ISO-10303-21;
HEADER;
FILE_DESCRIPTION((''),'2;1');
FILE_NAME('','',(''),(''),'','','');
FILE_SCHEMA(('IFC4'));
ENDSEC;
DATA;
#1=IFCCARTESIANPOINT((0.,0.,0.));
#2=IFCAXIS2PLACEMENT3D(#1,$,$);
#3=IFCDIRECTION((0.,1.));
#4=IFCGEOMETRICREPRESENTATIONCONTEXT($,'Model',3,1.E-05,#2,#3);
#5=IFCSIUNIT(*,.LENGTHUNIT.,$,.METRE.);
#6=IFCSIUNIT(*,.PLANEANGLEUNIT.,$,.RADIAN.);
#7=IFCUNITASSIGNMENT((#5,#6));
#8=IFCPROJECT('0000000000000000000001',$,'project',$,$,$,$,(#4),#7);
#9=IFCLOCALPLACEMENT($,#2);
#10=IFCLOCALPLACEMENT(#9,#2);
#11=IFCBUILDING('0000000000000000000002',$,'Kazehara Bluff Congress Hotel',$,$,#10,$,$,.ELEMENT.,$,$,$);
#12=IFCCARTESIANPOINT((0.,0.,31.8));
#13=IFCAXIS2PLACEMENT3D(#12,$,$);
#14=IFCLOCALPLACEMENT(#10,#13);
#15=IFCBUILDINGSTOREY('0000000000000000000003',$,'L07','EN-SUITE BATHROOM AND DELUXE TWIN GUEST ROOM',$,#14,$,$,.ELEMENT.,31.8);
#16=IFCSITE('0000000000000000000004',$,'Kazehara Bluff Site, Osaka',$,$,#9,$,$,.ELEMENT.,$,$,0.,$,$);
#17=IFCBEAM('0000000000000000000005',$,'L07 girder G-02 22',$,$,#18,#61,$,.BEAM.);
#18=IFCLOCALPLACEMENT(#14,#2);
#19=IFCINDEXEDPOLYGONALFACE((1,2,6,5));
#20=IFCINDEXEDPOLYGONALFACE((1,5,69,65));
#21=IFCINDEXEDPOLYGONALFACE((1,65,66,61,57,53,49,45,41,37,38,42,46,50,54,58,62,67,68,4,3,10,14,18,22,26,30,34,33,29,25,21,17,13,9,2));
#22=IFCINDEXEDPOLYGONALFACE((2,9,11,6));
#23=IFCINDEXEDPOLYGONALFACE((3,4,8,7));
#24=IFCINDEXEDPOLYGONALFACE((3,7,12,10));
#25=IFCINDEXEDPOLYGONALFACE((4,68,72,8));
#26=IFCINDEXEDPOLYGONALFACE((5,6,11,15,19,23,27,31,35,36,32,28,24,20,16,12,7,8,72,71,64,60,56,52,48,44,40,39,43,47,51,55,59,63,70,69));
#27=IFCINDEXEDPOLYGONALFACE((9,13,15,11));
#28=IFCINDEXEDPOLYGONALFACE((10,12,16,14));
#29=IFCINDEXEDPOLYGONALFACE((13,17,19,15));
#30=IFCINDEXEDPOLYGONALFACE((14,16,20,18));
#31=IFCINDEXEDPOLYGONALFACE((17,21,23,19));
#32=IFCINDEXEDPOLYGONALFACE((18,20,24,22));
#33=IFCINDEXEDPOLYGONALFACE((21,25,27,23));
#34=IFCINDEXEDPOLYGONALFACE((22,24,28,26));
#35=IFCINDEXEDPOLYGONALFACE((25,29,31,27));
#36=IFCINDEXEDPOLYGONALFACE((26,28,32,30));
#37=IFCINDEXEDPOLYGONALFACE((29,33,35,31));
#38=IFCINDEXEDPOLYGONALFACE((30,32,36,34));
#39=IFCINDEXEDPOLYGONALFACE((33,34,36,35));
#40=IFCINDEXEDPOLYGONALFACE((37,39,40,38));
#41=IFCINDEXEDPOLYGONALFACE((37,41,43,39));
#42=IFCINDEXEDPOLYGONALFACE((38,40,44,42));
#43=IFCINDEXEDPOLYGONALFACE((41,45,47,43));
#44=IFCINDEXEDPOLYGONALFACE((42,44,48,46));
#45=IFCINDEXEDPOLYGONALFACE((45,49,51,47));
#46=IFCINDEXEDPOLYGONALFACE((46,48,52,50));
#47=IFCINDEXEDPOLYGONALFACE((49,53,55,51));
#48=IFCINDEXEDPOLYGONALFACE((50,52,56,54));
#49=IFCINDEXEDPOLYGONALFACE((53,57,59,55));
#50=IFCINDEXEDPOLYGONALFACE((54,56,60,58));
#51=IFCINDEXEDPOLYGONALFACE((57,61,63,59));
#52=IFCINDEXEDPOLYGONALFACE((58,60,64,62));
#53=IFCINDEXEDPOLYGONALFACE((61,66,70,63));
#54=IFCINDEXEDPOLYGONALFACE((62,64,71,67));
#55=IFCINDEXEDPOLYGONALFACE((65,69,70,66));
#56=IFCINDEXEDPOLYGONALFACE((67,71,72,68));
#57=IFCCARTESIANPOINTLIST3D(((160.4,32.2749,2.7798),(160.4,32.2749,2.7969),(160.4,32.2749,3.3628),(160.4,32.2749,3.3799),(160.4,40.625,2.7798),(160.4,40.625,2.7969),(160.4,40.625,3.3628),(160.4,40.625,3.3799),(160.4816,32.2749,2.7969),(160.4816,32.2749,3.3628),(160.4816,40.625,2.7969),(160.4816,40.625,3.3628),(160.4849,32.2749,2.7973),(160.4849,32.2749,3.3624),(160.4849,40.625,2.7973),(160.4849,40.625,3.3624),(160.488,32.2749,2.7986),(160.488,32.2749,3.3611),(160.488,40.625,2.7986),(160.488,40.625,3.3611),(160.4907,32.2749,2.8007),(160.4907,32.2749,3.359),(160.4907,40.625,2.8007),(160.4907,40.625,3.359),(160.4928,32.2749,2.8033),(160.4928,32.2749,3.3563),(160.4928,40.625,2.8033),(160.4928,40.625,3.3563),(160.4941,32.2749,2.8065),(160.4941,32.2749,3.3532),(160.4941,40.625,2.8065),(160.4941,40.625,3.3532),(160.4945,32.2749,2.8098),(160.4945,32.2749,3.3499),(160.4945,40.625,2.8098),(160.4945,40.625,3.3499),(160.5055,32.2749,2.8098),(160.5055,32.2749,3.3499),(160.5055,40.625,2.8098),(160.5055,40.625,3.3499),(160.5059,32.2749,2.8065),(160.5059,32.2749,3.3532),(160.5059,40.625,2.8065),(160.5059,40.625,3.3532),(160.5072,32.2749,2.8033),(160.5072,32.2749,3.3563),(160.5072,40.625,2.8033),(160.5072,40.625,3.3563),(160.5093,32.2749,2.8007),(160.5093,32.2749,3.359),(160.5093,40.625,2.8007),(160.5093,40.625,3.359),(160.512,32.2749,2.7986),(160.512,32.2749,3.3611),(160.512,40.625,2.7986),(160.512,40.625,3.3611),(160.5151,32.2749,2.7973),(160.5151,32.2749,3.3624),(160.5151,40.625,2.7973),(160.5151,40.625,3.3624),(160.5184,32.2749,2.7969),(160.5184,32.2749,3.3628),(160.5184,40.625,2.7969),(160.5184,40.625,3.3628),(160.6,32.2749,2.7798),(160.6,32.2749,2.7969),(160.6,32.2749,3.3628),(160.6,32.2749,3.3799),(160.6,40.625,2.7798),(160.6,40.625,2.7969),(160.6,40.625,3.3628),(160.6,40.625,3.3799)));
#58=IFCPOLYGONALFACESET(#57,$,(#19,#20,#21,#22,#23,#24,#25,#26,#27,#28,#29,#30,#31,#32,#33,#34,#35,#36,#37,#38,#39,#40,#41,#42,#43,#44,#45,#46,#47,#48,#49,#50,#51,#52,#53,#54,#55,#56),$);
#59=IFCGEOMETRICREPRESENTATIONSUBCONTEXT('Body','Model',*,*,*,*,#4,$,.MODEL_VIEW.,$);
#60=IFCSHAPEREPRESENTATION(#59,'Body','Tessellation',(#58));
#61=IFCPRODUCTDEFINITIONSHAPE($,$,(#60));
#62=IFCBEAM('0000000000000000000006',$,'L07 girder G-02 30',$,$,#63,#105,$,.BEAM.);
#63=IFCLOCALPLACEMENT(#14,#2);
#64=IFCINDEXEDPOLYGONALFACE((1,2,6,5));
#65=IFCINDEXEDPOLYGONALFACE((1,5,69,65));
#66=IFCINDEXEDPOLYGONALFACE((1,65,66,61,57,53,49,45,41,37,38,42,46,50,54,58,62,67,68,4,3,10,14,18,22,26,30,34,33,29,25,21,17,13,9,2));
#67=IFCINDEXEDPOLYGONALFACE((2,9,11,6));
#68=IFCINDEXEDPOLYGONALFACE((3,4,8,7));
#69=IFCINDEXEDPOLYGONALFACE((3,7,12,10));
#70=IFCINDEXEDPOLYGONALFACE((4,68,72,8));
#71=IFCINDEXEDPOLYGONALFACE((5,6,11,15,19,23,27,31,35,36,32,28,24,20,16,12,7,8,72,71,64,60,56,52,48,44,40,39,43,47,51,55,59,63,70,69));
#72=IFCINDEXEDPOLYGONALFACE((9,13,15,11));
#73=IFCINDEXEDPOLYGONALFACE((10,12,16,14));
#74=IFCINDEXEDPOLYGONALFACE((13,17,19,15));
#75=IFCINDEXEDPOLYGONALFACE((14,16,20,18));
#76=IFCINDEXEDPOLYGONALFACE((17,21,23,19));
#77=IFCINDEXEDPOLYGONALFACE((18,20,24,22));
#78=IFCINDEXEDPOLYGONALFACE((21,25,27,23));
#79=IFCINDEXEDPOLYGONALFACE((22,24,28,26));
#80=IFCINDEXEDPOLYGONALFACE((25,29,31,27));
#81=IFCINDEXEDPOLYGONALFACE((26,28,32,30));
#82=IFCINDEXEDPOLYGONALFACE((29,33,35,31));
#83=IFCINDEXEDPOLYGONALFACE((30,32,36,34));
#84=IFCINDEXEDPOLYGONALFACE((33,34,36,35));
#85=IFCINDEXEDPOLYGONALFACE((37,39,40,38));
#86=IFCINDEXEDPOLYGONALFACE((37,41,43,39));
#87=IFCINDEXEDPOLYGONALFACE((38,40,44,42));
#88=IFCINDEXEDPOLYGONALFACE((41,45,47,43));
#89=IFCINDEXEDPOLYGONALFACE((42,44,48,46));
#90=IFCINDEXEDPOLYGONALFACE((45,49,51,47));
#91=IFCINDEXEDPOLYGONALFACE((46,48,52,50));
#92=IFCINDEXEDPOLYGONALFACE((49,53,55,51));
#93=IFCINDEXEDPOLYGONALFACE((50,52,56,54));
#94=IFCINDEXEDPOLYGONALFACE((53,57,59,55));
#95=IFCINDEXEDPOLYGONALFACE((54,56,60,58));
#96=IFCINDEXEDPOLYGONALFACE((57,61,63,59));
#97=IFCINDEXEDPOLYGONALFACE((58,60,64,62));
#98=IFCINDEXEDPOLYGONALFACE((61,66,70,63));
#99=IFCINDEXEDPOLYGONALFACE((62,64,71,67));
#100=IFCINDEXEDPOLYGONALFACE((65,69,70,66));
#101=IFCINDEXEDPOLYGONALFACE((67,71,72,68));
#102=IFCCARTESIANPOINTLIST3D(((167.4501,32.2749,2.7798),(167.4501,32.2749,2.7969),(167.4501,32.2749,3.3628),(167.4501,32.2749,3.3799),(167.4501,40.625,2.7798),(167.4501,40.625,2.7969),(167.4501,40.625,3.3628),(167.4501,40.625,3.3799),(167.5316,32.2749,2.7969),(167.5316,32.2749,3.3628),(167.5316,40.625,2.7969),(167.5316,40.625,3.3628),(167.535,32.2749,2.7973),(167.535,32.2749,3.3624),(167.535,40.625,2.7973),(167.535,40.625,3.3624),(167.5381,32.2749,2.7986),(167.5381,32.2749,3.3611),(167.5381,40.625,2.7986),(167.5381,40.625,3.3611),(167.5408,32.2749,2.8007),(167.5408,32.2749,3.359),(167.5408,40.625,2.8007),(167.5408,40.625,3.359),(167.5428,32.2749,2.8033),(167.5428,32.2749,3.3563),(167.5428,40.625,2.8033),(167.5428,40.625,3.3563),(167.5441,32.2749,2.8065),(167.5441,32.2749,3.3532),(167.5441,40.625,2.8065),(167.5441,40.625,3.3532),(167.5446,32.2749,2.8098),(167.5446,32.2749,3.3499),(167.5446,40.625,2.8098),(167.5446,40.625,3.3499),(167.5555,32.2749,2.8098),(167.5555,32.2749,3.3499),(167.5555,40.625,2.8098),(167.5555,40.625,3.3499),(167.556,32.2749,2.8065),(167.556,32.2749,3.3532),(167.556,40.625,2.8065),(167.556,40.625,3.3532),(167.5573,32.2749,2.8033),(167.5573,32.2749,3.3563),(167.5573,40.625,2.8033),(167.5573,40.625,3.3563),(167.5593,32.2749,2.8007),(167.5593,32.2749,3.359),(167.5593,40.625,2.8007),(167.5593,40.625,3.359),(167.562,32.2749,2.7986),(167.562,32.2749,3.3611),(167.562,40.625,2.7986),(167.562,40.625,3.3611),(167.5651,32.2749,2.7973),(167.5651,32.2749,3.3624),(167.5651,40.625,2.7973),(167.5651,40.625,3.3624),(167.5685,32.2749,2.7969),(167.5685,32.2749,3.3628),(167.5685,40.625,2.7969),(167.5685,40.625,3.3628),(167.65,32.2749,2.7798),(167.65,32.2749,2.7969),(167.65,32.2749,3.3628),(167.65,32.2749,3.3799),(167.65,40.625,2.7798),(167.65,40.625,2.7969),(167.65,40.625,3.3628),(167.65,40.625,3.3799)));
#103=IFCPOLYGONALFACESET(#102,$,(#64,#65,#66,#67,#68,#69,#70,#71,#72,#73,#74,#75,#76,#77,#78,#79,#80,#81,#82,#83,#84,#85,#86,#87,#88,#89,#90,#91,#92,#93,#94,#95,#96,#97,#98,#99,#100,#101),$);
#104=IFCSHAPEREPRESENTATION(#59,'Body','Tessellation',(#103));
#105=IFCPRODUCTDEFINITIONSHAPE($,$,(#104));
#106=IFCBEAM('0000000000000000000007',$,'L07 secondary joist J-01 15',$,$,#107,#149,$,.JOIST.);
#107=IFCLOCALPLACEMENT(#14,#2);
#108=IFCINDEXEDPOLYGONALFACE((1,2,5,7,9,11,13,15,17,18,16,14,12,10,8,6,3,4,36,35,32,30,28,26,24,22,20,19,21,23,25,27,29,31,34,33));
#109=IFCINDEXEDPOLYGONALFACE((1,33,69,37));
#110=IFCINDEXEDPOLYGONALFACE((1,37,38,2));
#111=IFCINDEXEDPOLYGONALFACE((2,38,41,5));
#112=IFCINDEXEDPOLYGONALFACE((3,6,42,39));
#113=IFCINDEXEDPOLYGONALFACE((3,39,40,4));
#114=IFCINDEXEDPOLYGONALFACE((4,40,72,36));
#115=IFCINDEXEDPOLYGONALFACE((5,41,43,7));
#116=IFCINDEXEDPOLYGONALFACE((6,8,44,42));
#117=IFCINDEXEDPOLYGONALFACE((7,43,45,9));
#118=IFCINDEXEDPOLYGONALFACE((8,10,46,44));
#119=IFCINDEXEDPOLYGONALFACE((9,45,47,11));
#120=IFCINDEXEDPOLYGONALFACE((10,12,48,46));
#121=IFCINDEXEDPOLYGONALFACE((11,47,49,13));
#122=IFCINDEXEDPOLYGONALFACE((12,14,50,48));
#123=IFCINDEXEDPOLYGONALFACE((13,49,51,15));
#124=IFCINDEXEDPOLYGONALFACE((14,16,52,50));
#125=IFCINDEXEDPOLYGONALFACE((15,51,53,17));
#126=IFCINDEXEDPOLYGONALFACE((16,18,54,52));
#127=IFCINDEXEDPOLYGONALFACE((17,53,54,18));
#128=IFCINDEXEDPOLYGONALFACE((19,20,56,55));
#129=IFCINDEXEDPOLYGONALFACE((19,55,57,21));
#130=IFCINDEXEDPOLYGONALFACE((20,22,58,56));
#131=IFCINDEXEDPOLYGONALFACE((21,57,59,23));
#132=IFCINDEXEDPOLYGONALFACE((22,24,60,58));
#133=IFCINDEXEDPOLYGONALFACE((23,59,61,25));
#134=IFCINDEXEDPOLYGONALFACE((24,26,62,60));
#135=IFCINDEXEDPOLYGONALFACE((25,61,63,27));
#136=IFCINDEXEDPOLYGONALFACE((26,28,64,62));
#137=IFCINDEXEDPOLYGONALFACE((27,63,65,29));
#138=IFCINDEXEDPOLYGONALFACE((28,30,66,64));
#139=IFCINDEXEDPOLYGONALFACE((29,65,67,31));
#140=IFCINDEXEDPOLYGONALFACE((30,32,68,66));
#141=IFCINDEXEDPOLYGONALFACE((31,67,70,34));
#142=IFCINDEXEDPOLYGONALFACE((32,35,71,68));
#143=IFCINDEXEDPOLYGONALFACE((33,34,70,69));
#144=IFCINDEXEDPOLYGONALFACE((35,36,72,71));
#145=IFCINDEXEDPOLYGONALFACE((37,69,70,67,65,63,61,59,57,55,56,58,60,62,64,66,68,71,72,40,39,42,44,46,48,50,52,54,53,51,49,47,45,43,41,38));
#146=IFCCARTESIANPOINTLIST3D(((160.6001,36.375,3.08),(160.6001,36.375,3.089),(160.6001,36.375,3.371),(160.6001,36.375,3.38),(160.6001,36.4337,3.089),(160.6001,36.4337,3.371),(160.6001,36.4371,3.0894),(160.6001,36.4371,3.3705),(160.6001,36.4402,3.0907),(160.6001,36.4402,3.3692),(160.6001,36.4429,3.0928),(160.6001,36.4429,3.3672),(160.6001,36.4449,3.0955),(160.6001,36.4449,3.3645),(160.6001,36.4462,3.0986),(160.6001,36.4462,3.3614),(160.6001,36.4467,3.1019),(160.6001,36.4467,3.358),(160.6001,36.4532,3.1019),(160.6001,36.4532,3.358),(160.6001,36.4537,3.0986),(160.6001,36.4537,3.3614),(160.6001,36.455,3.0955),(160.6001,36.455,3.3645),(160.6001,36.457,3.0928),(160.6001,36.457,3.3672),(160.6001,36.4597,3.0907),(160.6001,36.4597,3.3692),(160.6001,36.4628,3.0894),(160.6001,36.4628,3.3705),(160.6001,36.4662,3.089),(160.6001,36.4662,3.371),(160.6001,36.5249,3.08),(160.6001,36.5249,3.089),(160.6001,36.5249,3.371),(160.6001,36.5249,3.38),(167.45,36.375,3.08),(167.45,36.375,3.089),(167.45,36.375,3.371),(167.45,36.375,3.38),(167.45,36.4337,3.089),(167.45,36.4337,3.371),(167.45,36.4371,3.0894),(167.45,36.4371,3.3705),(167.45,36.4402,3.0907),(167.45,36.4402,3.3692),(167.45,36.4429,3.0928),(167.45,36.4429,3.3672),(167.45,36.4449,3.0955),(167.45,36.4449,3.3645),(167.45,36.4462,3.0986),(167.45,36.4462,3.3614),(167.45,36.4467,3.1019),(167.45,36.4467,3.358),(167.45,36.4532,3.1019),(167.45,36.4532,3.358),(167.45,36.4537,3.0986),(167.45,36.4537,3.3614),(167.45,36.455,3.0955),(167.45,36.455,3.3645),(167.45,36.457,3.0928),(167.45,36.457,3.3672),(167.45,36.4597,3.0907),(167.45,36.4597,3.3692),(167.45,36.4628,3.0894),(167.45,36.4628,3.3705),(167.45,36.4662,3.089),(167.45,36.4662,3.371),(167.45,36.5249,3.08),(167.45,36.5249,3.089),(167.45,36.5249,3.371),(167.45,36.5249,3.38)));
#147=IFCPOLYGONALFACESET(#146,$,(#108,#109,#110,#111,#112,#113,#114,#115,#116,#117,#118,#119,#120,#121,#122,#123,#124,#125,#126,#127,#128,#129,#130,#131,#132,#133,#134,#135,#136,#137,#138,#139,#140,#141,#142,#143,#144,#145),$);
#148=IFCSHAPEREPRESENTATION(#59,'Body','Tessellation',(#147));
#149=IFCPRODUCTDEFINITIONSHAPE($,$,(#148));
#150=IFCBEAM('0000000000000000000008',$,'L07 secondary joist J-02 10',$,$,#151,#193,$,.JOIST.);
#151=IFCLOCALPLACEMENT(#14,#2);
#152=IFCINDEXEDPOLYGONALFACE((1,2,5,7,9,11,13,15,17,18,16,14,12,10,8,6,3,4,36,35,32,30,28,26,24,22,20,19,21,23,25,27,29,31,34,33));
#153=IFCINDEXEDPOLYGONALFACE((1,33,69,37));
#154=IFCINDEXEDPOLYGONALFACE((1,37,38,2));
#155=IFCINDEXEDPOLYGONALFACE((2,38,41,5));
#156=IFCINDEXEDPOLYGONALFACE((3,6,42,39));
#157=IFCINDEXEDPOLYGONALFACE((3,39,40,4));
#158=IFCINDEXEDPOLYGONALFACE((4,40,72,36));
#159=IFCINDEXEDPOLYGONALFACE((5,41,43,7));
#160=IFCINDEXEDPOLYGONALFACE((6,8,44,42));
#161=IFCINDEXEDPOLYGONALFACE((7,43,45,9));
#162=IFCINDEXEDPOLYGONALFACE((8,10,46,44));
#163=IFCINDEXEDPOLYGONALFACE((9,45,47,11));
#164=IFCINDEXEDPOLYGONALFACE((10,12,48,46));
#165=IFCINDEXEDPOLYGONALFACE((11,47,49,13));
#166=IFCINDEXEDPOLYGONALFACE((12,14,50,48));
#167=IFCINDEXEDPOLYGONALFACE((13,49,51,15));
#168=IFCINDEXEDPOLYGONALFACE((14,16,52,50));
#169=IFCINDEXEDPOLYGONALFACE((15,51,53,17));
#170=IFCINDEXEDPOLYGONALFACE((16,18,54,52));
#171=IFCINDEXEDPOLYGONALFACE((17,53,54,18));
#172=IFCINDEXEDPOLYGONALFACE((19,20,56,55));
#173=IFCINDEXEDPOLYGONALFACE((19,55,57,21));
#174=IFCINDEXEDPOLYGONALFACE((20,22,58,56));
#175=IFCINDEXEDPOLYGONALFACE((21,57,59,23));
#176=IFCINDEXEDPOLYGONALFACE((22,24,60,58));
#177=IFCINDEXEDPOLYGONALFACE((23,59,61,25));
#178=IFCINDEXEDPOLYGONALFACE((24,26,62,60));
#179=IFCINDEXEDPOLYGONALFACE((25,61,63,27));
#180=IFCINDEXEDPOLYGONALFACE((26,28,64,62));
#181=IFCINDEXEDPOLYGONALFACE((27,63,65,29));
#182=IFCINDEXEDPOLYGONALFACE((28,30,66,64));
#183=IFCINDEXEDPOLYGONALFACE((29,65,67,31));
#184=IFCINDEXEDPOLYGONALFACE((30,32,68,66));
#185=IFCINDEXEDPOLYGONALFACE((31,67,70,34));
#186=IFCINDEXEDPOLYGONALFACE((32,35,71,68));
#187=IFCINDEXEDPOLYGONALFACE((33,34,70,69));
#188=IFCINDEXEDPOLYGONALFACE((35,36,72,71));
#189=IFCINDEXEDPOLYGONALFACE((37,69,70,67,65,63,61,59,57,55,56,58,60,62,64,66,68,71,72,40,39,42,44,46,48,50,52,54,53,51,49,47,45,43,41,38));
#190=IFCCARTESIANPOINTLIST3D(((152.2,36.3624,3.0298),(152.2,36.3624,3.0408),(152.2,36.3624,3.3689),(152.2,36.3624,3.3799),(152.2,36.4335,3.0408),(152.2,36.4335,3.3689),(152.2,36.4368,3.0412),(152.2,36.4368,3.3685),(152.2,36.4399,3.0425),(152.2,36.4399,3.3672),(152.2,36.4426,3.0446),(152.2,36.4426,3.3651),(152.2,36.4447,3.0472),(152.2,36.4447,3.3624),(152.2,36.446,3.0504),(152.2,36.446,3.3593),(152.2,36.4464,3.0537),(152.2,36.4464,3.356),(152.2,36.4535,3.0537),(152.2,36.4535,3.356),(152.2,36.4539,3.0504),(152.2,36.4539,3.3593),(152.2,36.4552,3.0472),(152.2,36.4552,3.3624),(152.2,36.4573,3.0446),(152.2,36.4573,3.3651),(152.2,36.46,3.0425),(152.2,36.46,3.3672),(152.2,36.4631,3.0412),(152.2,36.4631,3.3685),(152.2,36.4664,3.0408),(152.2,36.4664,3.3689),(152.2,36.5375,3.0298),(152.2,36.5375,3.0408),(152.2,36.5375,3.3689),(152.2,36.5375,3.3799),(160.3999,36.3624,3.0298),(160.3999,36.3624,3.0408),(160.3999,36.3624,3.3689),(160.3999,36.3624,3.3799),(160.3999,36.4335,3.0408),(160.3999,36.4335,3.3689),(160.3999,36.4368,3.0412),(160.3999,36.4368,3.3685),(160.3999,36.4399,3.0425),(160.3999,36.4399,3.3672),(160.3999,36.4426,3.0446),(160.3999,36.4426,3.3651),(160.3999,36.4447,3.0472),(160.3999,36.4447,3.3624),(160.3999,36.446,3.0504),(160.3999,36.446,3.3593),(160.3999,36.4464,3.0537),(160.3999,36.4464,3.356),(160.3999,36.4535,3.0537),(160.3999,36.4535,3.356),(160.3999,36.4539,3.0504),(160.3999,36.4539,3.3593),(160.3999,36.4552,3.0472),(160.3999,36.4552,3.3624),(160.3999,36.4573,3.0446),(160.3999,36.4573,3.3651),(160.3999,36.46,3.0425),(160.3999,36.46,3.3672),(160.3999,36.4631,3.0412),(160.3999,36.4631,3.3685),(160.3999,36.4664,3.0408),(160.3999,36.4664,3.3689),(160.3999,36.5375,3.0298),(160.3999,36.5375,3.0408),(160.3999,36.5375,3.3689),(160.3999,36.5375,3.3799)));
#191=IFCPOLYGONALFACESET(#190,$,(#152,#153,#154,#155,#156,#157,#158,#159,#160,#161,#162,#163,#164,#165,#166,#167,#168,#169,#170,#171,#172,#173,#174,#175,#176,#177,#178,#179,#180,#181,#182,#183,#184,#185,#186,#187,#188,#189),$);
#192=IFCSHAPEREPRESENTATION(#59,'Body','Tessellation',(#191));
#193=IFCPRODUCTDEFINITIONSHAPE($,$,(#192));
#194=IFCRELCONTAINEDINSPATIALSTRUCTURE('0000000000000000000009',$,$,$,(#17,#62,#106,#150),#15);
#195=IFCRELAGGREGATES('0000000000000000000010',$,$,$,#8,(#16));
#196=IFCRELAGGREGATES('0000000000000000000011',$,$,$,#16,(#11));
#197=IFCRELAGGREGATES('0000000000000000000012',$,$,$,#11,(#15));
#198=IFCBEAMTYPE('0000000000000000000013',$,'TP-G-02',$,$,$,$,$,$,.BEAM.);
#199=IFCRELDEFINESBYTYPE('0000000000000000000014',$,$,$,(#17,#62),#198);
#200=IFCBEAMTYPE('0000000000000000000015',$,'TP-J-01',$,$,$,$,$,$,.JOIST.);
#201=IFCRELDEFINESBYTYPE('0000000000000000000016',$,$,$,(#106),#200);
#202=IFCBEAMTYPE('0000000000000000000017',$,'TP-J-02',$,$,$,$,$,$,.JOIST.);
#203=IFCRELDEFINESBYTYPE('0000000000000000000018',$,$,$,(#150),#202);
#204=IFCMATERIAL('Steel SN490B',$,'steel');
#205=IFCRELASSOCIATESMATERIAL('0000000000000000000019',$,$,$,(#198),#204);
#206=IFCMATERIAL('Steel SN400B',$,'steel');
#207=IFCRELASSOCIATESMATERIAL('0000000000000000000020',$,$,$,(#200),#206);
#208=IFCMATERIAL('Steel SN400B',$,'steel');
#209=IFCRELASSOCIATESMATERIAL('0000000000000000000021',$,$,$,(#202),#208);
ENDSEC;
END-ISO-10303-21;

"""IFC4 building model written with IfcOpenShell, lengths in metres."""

from ifc_helpers import new_model, si_unit, direction, frame, origin, origin_2d, place, context, subcontext, project, spatial, i_section, extrude, material, material_profile, profile_set, type_object, element, save


model = new_model("IFC4")

# Units and contexts
model_context = context("Model", 3, precision=1e-05, world=origin(), true_north=direction((0.0, 1.0)))
body_context = subcontext(model_context, "Body", "Model", "MODEL_VIEW")
ifc_project = project(units=[si_unit("LENGTHUNIT", "METRE"), si_unit("PLANEANGLEUNIT", "RADIAN")], contexts=[model_context])

# Site, building, storey
site_placement = place(None, origin())
site = spatial("IfcSite", under=ifc_project, at=site_placement, Name="Kazehara Bluff Site, Osaka", CompositionType="ELEMENT", RefElevation=0.0)
building_placement = place(site_placement, origin())
building = spatial("IfcBuilding", under=site, at=building_placement, Name="Kazehara Bluff Congress Hotel", CompositionType="ELEMENT")
storey_placement = place(building_placement, frame((0.0, 0.0, 31.8)))
storey = spatial("IfcBuildingStorey", under=building, at=storey_placement, Name="L07", Description="EN-SUITE BATHROOM AND DELUXE TWIN GUEST ROOM", CompositionType="ELEMENT", Elevation=31.8)

# Beams
ifc_material_1 = material(Name="Steel SN490B", Category="steel")
ifc_material_profile_1 = material_profile(ifc_material_1, i_section(OverallWidth=0.2, OverallDepth=0.6001, WebThickness=0.011, FlangeThickness=0.0171, FilletRadius=0.0129, at=origin_2d()))
ifc_profile_set_1 = profile_set([ifc_material_profile_1], Name="Steel SN490B")
beam_type_1 = type_object("IfcBeamType", Name="TP-G-02", PredefinedType="BEAM", material=ifc_profile_set_1)
for number, where, z_axis, x_axis, name in (
    (1, (160.5, 32.2749, 3.0798), (0.0, 1.0, 0.0), (-1.0, 0.0, 0.0), "L07 girder G-02 22"),
    (2, (167.55, 32.2749, 3.0798), (0.0, 1.0, 0.0), (-1.0, 0.0, 0.0), "L07 girder G-02 30"),
):
    element("IfcBeam", number, at=place(storey_placement, frame(where, z_axis=z_axis, x_axis=x_axis)), inside=storey, type_object=beam_type_1, Name=name, PredefinedType="BEAM", context=body_context, shape_type="SweptSolid", body=[
        extrude(i_section(OverallWidth=0.2, OverallDepth=0.6001, WebThickness=0.011, FlangeThickness=0.0171, FilletRadius=0.0129, at=origin_2d()), origin(), (0.0, 0.0, 1.0), 8.3501),
    ])
ifc_material_2 = material(Name="Steel SN400B", Category="steel")
ifc_material_profile_2 = material_profile(ifc_material_2, i_section(OverallWidth=0.1499, OverallDepth=0.3, WebThickness=0.0066, FlangeThickness=0.009, FilletRadius=0.0129, at=origin_2d()))
ifc_profile_set_2 = profile_set([ifc_material_profile_2], Name="Steel SN400B")
beam_type_2 = type_object("IfcBeamType", Name="TP-J-01", PredefinedType="JOIST", material=ifc_profile_set_2)
beam_1_placement = place(storey_placement, frame((160.6001, 36.45, 3.23), z_axis=(1.0, 0.0, 0.0), x_axis=(0.0, 1.0, 0.0)))
element("IfcBeam", 3, at=beam_1_placement, inside=storey, type_object=beam_type_2, Name="L07 secondary joist J-01 15", PredefinedType="JOIST", context=body_context, shape_type="SweptSolid", body=[
    extrude(i_section(OverallWidth=0.1499, OverallDepth=0.3, WebThickness=0.0066, FlangeThickness=0.009, FilletRadius=0.0129, at=origin_2d()), origin(), (0.0, 0.0, 1.0), 6.8499),
])
ifc_material_3 = material(Name="Steel SN400B", Category="steel")
ifc_material_profile_3 = material_profile(ifc_material_3, i_section(OverallWidth=0.175, OverallDepth=0.3501, WebThickness=0.0071, FlangeThickness=0.011, FilletRadius=0.0129, at=origin_2d()))
ifc_profile_set_3 = profile_set([ifc_material_profile_3], Name="Steel SN400B")
beam_type_3 = type_object("IfcBeamType", Name="TP-J-02", PredefinedType="JOIST", material=ifc_profile_set_3)
beam_2_placement = place(storey_placement, frame((152.2, 36.45, 3.2048), z_axis=(1.0, 0.0, 0.0), x_axis=(0.0, 1.0, 0.0)))
element("IfcBeam", 4, at=beam_2_placement, inside=storey, type_object=beam_type_3, Name="L07 secondary joist J-02 10", PredefinedType="JOIST", context=body_context, shape_type="SweptSolid", body=[
    extrude(i_section(OverallWidth=0.175, OverallDepth=0.3501, WebThickness=0.0071, FlangeThickness=0.011, FilletRadius=0.0129, at=origin_2d()), origin(), (0.0, 0.0, 1.0), 8.2),
])

save(model, "model.ifc")
